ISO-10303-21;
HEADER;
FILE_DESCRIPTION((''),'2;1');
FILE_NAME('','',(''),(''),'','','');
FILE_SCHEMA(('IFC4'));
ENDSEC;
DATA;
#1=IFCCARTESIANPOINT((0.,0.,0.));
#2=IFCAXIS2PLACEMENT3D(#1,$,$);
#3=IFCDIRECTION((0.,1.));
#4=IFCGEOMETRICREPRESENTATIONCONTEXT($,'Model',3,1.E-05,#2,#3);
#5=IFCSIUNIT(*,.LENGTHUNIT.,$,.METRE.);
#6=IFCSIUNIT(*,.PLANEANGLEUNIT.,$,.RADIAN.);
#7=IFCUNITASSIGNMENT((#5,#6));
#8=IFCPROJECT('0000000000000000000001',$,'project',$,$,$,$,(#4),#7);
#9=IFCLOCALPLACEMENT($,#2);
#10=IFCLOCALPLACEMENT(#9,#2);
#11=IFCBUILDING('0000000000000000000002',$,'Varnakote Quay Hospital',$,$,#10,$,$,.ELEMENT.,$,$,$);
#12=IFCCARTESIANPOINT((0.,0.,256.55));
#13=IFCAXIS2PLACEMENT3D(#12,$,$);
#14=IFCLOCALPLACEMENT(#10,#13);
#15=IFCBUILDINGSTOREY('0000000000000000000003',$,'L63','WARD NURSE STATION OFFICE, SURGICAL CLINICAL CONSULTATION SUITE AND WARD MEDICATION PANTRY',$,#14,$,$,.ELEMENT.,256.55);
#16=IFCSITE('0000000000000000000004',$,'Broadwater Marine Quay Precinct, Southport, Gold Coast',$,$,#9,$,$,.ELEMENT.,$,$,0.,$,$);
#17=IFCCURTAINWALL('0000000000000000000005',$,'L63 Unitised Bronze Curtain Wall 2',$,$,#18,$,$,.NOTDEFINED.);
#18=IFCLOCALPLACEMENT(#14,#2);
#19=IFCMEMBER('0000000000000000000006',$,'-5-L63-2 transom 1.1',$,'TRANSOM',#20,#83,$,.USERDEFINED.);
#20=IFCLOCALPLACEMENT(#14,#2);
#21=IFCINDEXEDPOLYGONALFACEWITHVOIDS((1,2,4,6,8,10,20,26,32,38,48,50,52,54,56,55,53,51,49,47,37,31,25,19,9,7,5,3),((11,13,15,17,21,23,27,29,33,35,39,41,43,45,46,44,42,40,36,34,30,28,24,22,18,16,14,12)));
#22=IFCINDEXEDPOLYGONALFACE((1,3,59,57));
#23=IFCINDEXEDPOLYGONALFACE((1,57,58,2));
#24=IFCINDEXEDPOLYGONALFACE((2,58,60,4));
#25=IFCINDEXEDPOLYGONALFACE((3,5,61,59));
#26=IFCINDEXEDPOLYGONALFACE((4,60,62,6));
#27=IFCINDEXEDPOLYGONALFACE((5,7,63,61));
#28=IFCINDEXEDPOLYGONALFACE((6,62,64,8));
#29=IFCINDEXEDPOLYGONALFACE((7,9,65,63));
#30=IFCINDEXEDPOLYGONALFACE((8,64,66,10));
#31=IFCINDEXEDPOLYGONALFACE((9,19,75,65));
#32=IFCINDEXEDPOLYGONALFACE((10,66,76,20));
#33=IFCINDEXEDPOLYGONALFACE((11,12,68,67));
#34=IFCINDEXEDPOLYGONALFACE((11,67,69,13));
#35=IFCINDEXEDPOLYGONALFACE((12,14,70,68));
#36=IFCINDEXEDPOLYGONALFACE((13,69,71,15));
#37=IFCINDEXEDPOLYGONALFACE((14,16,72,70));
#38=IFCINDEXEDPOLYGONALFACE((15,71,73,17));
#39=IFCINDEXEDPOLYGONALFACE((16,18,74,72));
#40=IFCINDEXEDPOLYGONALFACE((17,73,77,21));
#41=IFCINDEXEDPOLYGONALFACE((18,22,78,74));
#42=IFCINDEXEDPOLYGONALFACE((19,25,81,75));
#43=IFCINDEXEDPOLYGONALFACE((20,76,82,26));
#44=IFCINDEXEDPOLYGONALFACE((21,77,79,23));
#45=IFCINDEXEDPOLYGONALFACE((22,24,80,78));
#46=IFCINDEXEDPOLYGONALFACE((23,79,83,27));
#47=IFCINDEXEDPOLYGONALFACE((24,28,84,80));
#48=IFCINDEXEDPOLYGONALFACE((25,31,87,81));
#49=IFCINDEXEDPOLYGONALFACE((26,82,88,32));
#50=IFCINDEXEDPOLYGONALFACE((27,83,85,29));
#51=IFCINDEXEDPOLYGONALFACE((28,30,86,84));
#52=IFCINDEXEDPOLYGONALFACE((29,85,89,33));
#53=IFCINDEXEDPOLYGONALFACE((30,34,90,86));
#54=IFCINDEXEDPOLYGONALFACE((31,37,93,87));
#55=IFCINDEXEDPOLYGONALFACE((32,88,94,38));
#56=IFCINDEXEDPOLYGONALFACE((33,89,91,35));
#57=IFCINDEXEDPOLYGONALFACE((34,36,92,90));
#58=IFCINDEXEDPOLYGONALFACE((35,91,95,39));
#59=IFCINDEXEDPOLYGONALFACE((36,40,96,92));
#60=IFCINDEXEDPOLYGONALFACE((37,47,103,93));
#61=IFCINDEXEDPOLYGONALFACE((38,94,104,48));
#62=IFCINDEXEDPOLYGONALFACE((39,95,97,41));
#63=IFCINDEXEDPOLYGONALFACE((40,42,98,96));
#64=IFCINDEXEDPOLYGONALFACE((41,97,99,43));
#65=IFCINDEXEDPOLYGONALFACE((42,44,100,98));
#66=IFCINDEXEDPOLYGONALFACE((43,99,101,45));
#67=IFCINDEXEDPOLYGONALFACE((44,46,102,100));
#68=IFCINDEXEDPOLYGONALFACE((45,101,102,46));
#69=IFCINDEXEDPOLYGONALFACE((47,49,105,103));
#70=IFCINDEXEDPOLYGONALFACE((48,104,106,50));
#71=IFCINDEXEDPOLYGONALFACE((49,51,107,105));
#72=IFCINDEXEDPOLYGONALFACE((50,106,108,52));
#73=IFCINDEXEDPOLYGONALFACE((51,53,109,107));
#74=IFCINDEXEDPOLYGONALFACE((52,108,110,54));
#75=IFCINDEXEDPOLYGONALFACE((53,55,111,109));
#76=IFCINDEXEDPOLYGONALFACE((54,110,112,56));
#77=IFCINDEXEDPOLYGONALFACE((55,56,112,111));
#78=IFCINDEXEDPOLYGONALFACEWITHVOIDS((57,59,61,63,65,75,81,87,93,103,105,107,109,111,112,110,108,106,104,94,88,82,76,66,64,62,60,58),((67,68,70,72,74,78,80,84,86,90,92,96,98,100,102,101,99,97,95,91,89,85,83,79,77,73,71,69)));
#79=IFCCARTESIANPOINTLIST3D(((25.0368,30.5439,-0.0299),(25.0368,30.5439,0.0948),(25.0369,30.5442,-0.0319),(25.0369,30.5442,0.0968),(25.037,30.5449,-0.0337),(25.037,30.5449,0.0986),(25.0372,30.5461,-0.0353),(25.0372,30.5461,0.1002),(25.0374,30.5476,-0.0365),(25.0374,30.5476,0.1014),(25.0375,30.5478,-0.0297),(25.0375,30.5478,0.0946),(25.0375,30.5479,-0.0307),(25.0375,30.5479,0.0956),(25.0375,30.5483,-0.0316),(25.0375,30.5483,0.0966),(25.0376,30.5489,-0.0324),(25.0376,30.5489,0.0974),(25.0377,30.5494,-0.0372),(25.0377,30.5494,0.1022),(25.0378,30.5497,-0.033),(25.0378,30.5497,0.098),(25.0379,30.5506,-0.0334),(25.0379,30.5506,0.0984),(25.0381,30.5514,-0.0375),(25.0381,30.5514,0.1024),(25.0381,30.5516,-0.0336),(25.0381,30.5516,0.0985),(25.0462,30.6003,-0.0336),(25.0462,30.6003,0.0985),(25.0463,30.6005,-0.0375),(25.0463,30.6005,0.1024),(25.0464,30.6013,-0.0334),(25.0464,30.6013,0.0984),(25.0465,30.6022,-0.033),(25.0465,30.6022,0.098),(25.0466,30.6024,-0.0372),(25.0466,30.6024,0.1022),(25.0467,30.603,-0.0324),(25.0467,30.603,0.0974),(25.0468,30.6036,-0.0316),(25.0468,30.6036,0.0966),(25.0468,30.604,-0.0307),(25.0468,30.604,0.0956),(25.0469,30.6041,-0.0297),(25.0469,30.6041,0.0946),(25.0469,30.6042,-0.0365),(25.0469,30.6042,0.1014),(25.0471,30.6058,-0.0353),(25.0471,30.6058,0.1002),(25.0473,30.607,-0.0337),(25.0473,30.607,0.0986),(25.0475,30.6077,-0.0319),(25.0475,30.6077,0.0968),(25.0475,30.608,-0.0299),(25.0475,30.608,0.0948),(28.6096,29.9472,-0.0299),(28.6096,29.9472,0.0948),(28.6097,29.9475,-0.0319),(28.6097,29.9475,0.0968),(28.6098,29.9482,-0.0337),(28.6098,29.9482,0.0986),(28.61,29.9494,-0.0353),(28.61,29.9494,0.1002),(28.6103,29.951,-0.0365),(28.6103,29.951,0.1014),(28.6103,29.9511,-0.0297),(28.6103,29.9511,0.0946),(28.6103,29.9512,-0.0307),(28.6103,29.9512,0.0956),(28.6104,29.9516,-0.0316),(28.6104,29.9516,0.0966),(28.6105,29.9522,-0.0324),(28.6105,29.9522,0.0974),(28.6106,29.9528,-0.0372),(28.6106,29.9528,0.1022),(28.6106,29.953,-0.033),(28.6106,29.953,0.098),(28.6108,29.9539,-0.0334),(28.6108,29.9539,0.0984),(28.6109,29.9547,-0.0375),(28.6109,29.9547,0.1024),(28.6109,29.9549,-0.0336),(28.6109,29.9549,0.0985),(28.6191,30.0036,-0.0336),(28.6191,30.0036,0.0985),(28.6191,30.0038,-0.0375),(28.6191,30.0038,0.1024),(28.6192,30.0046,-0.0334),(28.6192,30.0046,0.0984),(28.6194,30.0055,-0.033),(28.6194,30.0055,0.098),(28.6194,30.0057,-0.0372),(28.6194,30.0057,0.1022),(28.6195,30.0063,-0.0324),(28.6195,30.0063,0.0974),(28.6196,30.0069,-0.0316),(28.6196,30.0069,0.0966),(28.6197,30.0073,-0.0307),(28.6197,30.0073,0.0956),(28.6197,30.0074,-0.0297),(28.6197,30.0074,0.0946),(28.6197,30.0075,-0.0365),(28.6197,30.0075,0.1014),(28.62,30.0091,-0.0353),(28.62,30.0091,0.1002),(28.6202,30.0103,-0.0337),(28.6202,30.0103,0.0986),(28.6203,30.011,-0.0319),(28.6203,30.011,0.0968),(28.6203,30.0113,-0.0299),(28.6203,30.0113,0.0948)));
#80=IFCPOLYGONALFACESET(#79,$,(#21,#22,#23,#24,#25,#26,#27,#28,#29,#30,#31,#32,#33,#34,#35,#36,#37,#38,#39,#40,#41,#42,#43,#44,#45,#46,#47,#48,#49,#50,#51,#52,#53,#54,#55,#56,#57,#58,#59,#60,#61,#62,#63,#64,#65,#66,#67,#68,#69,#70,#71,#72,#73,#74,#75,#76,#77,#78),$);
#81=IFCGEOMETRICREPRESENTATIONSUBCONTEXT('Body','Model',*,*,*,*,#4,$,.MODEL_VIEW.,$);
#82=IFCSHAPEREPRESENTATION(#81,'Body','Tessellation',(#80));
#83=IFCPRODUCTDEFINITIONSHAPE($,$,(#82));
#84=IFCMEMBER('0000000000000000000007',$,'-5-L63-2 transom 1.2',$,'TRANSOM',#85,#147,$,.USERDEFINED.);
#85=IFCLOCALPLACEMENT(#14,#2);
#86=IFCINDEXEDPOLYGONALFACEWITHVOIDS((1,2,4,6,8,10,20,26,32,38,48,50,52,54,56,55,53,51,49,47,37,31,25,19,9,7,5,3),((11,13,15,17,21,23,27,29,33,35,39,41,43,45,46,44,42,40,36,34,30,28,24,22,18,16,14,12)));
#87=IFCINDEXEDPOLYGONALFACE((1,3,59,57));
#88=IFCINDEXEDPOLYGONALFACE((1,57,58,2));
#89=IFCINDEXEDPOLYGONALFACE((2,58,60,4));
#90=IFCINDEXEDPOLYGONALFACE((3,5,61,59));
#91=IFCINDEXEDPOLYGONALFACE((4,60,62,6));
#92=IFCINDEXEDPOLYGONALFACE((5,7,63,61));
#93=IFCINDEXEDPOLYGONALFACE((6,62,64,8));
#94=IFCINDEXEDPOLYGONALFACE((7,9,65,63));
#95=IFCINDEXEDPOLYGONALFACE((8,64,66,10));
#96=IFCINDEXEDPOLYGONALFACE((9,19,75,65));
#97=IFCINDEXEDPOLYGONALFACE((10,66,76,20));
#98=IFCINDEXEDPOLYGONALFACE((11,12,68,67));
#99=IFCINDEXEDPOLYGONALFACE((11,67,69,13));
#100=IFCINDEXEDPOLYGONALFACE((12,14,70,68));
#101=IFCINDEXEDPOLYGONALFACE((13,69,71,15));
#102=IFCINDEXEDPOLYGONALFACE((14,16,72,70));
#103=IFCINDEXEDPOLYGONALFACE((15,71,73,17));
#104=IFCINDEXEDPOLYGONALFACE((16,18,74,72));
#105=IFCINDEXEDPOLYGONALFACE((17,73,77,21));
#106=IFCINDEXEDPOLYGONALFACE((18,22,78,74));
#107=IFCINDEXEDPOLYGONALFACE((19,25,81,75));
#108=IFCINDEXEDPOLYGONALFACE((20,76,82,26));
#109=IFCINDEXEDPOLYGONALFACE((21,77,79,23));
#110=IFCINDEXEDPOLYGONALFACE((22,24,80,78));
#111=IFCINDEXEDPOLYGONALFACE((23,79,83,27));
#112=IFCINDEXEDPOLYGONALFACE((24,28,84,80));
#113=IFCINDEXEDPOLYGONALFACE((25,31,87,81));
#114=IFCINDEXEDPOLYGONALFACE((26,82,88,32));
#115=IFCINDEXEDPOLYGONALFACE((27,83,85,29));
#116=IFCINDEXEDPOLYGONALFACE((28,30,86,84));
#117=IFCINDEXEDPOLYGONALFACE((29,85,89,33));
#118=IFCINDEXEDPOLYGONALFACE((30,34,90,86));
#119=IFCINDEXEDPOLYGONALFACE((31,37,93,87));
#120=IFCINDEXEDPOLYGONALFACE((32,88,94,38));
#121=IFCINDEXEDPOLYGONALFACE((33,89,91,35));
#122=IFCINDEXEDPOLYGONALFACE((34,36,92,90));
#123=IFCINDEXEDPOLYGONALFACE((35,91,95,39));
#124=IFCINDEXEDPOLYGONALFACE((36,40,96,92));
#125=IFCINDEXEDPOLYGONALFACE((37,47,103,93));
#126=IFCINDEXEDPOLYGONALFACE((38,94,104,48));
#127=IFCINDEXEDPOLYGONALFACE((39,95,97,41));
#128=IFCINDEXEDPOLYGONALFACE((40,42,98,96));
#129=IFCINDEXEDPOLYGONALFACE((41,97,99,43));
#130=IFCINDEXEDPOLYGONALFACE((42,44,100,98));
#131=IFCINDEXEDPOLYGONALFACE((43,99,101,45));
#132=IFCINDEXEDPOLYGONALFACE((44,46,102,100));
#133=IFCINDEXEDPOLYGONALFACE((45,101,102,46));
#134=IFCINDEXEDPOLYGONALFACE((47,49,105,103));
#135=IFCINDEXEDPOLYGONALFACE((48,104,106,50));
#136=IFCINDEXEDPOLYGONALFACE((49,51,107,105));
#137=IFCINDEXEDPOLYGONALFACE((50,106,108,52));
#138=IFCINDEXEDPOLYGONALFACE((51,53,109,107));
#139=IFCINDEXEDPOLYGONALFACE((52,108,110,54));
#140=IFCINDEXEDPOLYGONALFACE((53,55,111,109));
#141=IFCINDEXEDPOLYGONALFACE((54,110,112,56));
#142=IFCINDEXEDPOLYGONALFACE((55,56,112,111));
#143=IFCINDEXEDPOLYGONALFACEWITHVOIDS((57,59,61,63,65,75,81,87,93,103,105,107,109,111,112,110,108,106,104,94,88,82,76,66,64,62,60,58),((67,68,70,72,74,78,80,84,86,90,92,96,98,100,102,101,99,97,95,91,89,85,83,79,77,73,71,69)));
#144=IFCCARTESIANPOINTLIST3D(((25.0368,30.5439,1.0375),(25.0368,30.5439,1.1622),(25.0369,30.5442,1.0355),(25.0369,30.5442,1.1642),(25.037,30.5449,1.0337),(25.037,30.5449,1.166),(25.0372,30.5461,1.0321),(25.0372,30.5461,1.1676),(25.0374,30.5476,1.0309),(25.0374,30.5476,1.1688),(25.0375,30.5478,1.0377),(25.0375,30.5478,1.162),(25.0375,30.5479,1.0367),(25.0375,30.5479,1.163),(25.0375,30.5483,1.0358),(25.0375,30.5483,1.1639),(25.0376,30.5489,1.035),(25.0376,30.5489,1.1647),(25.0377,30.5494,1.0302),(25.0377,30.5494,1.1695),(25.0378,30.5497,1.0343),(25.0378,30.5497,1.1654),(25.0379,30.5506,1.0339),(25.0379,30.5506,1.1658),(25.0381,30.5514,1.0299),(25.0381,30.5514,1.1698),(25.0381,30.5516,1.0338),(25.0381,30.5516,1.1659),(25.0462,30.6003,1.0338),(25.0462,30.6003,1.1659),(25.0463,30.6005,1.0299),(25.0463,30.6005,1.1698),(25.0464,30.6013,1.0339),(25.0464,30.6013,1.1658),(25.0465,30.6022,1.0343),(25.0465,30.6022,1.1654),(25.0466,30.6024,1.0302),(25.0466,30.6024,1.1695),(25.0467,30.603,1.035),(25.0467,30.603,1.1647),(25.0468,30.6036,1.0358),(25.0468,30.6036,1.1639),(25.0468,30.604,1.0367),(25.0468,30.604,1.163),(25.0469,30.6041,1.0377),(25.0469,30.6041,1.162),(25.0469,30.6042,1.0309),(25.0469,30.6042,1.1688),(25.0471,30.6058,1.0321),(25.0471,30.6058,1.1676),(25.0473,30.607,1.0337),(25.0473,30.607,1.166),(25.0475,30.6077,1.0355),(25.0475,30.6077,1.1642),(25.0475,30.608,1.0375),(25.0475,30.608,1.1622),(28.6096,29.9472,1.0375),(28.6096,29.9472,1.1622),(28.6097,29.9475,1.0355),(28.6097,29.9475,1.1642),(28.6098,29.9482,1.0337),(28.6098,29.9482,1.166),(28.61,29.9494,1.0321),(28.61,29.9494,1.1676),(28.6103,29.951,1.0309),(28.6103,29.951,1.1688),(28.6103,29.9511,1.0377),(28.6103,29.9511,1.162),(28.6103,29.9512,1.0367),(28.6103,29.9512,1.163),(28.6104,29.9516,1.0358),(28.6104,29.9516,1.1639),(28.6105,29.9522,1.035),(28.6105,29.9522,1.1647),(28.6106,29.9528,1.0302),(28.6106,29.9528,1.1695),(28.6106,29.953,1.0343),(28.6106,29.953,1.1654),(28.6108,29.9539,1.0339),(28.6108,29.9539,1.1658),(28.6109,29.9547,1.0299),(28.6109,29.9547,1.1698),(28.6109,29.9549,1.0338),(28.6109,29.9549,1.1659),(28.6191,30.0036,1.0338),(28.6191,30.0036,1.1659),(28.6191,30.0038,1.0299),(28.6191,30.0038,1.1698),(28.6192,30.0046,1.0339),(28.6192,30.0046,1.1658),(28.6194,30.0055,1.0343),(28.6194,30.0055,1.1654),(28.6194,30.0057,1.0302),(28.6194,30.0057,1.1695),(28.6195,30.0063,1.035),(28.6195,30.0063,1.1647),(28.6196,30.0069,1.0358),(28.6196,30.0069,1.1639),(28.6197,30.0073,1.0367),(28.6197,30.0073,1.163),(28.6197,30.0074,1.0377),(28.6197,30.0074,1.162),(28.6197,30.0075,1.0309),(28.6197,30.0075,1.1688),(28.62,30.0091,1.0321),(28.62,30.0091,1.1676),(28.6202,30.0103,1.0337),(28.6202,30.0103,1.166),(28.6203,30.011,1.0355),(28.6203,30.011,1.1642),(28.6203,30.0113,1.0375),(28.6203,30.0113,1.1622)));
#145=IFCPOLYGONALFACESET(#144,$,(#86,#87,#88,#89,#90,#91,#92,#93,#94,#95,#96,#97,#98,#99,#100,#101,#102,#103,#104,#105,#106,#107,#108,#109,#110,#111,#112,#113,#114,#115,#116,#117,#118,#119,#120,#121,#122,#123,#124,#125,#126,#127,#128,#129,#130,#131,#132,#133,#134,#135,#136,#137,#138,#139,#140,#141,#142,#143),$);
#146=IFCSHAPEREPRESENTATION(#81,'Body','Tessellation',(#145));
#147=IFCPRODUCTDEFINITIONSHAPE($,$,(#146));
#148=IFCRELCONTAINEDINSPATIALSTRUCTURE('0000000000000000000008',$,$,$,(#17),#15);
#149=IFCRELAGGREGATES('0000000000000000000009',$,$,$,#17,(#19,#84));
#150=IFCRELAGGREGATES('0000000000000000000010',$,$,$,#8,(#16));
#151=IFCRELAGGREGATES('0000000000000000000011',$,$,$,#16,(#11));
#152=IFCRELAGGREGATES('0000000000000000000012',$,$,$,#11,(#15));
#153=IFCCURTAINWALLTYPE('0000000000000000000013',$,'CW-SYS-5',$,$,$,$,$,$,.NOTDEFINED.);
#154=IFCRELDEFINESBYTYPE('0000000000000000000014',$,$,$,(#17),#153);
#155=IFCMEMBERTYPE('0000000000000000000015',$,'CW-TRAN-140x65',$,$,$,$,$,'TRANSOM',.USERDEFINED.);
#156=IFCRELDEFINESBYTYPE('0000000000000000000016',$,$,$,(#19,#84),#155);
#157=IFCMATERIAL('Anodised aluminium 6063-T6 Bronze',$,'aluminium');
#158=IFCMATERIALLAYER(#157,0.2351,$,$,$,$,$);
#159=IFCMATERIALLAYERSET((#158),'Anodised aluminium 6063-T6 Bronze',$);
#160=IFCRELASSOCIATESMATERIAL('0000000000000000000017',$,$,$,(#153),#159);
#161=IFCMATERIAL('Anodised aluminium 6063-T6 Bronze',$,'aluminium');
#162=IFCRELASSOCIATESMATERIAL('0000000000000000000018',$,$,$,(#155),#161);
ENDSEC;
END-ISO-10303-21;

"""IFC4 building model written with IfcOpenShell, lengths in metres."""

from ifc_helpers import new_model, si_unit, direction, frame, origin, origin_2d, place, context, subcontext, project, spatial, hollow_rectangle, extrude, material, layer, layer_set, material_profile, profile_set, type_object, element, aggregate, save


model = new_model("IFC4")

# Units and contexts
model_context = context("Model", 3, precision=1e-05, world=origin(), true_north=direction((0.0, 1.0)))
body_context = subcontext(model_context, "Body", "Model", "MODEL_VIEW")
ifc_project = project(units=[si_unit("LENGTHUNIT", "METRE"), si_unit("PLANEANGLEUNIT", "RADIAN")], contexts=[model_context])

# Site, building, storey
site_placement = place(None, origin())
site = spatial("IfcSite", under=ifc_project, at=site_placement, Name="Broadwater Marine Quay Precinct, Southport, Gold Coast", CompositionType="ELEMENT", RefElevation=0.0)
building_placement = place(site_placement, origin())
building = spatial("IfcBuilding", under=site, at=building_placement, Name="Varnakote Quay Hospital", CompositionType="ELEMENT")
storey_placement = place(building_placement, frame((0.0, 0.0, 256.55)))
storey = spatial("IfcBuildingStorey", under=building, at=storey_placement, Name="L63", Description="WARD NURSE STATION OFFICE, SURGICAL CLINICAL CONSULTATION SUITE AND WARD MEDICATION PANTRY", CompositionType="ELEMENT", Elevation=256.55)

# Shared definitions
ifc_material_1 = material(Name="Anodised aluminium 6063-T6 Bronze", Category="aluminium")
ifc_layer_1 = layer(ifc_material_1, 0.2351)
ifc_layer_set_1 = layer_set([ifc_layer_1], Name="Anodised aluminium 6063-T6 Bronze")
curtain_wall_type = type_object("IfcCurtainWallType", Name="CW-SYS-5", PredefinedType="NOTDEFINED", material=ifc_layer_set_1)

# Curtain wall, members
curtain_wall_1_placement = place(storey_placement, origin())
curtain_wall_1 = element("IfcCurtainWall", 1, at=curtain_wall_1_placement, inside=storey, type_object=curtain_wall_type, Name="L63 Unitised Bronze Curtain Wall 2", PredefinedType="NOTDEFINED")
ifc_material_2 = material(Name="Anodised aluminium 6063-T6 Bronze", Category="aluminium")
ifc_material_profile_1 = material_profile(ifc_material_2, hollow_rectangle(XDim=0.0649, YDim=0.1399, WallThickness=0.0039, InnerFilletRadius=0.0039, OuterFilletRadius=0.0076, at=origin_2d()), Name="CW-TRAN-140x65")
ifc_profile_set_1 = profile_set([ifc_material_profile_1], Name="Anodised aluminium 6063-T6 Bronze")
member_type_1 = type_object("IfcMemberType", Name="CW-TRAN-140x65", ElementType="TRANSOM", PredefinedType="USERDEFINED", material=ifc_profile_set_1)
member_1_placement = place(storey_placement, frame((28.615, 29.9792, 0.0325), z_axis=(-0.986339, 0.164727, 0.0), x_axis=(-0.164727, -0.986339, 0.0)))
member_1 = element("IfcMember", 2, at=member_1_placement, type_object=member_type_1, Name="-5-L63-2 transom 1.1", ObjectType="TRANSOM", PredefinedType="USERDEFINED", context=body_context, shape_type="SweptSolid", body=[
    extrude(hollow_rectangle(XDim=0.0649, YDim=0.1399, WallThickness=0.0039, InnerFilletRadius=0.0039, OuterFilletRadius=0.0076, at=origin_2d()), origin(), (0.0, 0.0, 1.0), 3.6223),
])
member_2_placement = place(storey_placement, frame((28.615, 29.9792, 1.0999), z_axis=(-0.986339, 0.164727, 0.0), x_axis=(-0.164727, -0.986339, 0.0)))
member_2 = element("IfcMember", 3, at=member_2_placement, type_object=member_type_1, Name="-5-L63-2 transom 1.2", ObjectType="TRANSOM", PredefinedType="USERDEFINED", context=body_context, shape_type="SweptSolid", body=[
    extrude(hollow_rectangle(XDim=0.0649, YDim=0.1399, WallThickness=0.0039, InnerFilletRadius=0.0039, OuterFilletRadius=0.0076, at=origin_2d()), origin(), (0.0, 0.0, 1.0), 3.6223),
])

aggregate(curtain_wall_1, [member_1, member_2])

save(model, "model.ifc")
